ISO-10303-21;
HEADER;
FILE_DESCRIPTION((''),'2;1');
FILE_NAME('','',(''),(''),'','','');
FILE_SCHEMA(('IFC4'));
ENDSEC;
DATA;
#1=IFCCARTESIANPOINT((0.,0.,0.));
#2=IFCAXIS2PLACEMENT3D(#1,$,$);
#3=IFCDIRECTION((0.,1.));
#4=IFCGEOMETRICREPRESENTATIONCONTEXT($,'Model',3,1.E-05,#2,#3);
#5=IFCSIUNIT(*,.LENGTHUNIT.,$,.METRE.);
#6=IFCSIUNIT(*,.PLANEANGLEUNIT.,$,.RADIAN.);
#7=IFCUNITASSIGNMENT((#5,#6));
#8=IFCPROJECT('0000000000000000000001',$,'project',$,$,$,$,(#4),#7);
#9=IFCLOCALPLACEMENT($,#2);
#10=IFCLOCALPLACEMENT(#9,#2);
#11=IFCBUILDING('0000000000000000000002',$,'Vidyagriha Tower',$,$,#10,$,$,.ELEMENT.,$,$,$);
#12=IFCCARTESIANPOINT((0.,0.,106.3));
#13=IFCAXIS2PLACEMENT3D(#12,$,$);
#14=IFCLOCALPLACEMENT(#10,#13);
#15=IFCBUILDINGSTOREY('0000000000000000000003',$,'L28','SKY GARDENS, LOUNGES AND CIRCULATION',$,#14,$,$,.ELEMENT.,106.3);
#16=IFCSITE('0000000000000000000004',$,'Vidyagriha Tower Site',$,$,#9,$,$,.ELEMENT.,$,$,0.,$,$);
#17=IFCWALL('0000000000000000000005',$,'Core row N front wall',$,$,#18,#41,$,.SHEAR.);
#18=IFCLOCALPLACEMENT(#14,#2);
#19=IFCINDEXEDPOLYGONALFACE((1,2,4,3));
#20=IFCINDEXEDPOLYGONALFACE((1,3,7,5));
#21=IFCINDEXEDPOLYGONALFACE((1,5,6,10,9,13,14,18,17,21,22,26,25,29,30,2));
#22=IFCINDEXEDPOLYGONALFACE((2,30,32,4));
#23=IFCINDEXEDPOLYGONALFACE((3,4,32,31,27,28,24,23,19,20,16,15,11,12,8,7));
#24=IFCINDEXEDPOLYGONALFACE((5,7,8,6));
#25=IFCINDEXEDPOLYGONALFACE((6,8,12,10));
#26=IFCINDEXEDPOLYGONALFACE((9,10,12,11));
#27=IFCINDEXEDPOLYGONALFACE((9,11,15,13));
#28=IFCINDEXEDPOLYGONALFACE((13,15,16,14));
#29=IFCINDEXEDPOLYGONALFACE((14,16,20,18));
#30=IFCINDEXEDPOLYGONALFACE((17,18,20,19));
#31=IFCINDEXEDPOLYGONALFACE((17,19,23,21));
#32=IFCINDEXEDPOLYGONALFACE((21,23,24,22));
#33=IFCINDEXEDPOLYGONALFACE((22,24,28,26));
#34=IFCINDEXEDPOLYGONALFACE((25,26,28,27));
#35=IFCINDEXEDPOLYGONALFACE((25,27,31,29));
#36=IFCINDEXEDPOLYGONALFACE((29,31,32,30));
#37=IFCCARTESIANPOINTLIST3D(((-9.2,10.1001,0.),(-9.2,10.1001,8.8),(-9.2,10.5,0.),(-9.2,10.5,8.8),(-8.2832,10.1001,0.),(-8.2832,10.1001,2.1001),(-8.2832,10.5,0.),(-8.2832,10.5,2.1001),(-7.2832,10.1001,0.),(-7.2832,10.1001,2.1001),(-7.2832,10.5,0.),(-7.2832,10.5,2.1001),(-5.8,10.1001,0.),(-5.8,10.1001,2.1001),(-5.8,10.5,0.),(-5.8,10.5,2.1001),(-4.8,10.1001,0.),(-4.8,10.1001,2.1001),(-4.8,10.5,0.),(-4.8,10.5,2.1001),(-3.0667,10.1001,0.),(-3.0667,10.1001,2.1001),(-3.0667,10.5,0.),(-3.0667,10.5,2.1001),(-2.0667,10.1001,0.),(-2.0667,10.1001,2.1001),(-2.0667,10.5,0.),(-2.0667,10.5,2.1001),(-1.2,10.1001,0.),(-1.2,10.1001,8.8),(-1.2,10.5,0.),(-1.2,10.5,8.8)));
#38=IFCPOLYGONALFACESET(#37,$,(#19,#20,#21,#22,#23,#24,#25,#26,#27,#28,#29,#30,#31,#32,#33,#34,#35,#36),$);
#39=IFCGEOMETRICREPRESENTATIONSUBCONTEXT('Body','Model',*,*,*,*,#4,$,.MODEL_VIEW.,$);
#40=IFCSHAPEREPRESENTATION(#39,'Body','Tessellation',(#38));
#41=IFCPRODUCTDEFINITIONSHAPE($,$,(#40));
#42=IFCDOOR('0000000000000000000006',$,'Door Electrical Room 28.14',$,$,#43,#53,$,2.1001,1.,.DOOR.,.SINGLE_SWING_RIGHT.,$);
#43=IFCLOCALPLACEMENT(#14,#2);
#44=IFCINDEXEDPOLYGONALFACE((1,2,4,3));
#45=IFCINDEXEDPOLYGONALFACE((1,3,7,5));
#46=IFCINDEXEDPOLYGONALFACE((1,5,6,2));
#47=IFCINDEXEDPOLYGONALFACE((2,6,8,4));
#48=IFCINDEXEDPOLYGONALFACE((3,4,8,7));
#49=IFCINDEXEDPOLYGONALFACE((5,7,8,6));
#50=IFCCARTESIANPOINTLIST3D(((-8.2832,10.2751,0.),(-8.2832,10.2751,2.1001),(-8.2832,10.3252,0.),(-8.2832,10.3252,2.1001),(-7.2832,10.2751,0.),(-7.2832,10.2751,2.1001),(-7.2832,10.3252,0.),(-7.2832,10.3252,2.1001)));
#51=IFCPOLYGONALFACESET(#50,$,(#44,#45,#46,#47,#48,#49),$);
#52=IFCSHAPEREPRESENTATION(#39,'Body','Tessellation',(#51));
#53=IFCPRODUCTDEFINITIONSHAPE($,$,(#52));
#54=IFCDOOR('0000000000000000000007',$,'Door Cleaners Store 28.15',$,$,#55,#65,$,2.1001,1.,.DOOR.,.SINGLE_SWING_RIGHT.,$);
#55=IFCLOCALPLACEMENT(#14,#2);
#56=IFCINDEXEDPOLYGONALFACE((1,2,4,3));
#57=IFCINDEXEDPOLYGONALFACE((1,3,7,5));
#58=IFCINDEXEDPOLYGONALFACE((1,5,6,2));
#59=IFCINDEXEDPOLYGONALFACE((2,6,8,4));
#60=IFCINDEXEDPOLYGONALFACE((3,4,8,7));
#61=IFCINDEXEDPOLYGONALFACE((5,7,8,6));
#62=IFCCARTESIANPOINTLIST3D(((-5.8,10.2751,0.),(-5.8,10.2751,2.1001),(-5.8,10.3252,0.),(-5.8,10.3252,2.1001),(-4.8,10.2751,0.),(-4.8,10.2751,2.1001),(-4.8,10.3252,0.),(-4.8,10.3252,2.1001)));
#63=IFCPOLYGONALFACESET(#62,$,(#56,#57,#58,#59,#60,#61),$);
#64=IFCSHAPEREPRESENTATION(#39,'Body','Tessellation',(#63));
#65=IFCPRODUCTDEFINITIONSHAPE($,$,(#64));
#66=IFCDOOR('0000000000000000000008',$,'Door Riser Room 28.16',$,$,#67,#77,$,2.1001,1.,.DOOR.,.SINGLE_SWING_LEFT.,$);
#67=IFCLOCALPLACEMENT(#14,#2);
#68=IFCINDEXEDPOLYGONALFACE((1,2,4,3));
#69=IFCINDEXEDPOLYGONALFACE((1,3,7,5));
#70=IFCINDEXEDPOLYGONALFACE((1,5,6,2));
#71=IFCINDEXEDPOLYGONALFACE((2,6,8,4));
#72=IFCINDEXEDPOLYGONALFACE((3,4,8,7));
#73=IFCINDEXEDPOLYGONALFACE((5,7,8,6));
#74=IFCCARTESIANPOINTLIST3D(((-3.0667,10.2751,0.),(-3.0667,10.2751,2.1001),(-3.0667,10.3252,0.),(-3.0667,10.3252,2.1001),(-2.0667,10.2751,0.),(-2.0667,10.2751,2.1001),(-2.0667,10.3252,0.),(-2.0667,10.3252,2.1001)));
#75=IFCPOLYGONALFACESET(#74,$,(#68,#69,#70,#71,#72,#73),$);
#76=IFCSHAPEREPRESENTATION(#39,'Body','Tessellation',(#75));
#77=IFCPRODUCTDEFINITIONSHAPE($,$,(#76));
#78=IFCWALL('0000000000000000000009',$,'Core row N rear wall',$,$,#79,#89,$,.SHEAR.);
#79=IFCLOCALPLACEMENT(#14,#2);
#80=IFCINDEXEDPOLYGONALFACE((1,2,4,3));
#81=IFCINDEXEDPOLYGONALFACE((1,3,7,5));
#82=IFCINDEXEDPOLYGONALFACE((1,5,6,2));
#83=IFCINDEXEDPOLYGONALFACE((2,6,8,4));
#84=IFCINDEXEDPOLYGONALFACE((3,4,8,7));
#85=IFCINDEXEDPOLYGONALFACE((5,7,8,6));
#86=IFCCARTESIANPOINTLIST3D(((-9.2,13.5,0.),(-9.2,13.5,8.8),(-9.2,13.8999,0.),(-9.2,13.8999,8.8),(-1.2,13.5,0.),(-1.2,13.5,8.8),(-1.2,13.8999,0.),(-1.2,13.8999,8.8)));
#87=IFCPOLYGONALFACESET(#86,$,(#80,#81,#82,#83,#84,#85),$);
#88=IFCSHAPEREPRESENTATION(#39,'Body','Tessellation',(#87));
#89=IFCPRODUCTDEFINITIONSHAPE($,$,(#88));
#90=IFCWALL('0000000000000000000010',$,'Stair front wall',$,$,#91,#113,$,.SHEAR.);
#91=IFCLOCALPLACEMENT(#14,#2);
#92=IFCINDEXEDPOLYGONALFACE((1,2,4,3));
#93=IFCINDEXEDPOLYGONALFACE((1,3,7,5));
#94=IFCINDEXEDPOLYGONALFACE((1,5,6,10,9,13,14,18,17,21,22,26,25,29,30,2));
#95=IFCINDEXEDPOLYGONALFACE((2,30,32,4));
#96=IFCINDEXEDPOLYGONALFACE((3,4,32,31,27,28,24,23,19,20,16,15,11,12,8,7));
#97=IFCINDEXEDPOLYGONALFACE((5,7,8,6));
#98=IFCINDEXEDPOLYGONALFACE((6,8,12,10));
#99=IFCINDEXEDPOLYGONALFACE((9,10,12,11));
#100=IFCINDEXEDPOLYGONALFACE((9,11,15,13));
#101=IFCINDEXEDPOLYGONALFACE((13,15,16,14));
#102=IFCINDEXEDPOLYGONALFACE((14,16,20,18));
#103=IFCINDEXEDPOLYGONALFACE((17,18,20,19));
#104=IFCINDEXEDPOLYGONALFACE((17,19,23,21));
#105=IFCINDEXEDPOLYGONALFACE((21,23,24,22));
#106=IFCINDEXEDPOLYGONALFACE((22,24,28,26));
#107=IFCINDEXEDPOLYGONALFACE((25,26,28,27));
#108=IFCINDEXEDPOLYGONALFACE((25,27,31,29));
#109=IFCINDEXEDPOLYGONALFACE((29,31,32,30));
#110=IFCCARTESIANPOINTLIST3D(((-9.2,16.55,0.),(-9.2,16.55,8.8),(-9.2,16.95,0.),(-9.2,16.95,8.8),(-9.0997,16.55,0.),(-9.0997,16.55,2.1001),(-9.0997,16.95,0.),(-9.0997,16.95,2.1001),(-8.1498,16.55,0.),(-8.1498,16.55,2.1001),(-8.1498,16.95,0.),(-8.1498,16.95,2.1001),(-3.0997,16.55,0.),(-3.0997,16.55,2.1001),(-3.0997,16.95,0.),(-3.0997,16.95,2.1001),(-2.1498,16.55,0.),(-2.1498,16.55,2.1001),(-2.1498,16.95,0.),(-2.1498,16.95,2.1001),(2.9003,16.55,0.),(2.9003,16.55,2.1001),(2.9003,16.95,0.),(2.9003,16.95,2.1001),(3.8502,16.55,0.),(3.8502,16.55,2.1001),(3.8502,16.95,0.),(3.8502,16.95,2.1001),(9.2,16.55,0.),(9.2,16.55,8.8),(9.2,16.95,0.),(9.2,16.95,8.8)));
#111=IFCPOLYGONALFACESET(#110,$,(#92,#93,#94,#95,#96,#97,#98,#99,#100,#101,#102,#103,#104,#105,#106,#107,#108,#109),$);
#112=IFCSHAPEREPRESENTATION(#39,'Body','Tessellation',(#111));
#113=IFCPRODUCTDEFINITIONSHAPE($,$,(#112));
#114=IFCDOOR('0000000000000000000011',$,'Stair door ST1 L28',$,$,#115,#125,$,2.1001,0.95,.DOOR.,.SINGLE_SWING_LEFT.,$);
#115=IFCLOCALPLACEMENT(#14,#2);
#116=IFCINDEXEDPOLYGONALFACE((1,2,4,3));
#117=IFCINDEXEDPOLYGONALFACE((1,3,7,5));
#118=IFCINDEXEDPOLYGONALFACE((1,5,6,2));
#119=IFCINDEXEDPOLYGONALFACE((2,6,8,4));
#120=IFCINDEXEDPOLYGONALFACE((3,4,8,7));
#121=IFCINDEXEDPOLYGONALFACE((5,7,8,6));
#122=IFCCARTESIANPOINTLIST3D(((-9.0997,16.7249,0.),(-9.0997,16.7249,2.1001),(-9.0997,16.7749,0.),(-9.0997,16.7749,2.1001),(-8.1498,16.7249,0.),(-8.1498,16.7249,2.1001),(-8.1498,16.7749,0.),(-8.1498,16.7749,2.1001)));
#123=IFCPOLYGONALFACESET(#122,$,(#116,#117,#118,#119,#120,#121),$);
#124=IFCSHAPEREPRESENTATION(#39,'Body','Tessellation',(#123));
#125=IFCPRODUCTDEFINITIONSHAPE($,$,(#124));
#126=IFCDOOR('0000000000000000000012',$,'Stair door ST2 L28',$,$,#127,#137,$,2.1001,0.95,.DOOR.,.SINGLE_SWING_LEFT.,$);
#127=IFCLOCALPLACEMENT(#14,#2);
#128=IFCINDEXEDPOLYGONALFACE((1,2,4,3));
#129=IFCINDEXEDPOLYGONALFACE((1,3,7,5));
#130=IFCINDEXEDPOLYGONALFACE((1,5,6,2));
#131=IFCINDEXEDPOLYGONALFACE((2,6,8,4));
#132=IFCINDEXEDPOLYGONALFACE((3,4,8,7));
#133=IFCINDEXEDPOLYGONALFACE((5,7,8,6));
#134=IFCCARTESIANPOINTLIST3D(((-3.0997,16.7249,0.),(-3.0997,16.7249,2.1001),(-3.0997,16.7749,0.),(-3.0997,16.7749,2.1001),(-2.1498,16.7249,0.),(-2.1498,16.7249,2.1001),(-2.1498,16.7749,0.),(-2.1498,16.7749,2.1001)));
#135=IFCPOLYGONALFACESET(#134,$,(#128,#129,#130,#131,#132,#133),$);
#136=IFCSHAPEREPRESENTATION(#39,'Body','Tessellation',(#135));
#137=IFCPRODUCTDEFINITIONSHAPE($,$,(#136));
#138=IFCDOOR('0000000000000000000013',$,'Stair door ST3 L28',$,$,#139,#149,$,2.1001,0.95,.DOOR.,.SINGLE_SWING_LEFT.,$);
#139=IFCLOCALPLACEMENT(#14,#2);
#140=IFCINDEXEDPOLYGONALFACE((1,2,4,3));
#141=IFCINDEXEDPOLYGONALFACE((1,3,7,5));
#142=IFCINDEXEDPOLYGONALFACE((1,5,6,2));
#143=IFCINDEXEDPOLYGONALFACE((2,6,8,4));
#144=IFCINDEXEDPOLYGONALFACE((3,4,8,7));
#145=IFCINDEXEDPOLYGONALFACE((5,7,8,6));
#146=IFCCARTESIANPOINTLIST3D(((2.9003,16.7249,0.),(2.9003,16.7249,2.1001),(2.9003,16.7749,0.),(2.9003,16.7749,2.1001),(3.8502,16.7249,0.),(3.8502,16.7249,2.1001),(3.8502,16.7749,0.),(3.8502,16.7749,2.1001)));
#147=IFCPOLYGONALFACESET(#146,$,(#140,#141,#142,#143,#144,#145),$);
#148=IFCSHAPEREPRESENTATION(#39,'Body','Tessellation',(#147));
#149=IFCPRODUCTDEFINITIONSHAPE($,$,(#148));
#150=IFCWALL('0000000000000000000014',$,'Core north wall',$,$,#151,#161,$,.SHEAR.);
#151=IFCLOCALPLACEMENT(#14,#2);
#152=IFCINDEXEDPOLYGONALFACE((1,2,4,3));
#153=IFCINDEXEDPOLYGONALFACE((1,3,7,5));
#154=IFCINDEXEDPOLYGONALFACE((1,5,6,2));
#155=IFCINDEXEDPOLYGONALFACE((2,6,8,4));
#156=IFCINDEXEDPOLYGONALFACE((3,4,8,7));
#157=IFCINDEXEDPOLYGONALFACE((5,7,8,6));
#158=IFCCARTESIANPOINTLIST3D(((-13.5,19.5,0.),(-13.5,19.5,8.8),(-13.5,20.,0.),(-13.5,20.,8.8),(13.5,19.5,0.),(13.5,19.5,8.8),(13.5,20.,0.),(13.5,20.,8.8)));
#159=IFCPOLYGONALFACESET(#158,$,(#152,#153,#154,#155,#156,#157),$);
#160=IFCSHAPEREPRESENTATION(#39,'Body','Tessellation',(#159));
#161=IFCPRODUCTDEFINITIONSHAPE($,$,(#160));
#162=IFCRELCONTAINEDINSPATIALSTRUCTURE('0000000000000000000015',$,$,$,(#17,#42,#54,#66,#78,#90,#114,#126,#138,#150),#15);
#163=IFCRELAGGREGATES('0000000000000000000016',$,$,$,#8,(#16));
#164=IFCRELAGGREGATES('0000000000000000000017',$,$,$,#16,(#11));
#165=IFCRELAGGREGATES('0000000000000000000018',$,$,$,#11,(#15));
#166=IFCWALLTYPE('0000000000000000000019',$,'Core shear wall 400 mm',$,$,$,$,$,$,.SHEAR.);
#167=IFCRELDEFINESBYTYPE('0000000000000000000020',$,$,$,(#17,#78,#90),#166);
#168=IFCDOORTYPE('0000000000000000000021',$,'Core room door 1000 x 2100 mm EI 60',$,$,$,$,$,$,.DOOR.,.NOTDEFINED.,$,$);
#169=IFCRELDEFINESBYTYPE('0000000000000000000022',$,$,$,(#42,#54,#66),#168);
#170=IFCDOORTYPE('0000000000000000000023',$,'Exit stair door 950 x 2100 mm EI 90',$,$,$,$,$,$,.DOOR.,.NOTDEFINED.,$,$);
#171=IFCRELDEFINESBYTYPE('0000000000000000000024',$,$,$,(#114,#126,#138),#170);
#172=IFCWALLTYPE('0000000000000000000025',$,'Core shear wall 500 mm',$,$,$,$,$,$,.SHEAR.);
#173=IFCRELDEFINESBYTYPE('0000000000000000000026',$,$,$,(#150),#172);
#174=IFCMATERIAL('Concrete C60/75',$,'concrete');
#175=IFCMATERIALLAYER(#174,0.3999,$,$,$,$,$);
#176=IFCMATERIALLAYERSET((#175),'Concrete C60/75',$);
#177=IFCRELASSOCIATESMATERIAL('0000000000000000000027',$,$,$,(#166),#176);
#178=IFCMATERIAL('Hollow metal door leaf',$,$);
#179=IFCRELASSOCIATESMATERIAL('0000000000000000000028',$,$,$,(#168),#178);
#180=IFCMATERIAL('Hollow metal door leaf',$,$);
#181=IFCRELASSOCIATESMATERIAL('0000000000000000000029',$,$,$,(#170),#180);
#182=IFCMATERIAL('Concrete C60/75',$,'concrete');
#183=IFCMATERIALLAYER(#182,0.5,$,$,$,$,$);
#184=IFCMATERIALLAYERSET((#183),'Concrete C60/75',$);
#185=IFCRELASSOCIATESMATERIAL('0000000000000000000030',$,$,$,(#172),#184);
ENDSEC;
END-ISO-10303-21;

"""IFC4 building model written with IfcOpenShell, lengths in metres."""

from ifc_helpers import new_model, si_unit, direction, frame, frame_2d, origin, place, context, subcontext, project, spatial, rectangle, extrude, material, layer, layer_set, type_object, element, fill, save


model = new_model("IFC4")

# Units and contexts
model_context = context("Model", 3, precision=1e-05, world=origin(), true_north=direction((0.0, 1.0)))
body_context = subcontext(model_context, "Body", "Model", "MODEL_VIEW")
ifc_project = project(units=[si_unit("LENGTHUNIT", "METRE"), si_unit("PLANEANGLEUNIT", "RADIAN")], contexts=[model_context])

# Site, building, storey
site_placement = place(None, origin())
site = spatial("IfcSite", under=ifc_project, at=site_placement, Name="Vidyagriha Tower Site", CompositionType="ELEMENT", RefElevation=0.0)
building_placement = place(site_placement, origin())
building = spatial("IfcBuilding", under=site, at=building_placement, Name="Vidyagriha Tower", CompositionType="ELEMENT")
storey_placement = place(building_placement, frame((0.0, 0.0, 106.3)))
storey = spatial("IfcBuildingStorey", under=building, at=storey_placement, Name="L28", Description="SKY GARDENS, LOUNGES AND CIRCULATION", CompositionType="ELEMENT", Elevation=106.3)

# Shared definitions
ifc_material_1 = material(Name="Concrete C60/75", Category="concrete")
ifc_layer_1 = layer(ifc_material_1, 0.3999)
ifc_layer_set_1 = layer_set([ifc_layer_1], Name="Concrete C60/75")
wall_type_1 = type_object("IfcWallType", Name="Core shear wall 400 mm", PredefinedType="SHEAR", material=ifc_layer_set_1)
ifc_material_2 = material(Name="Hollow metal door leaf")
door_type_1 = type_object("IfcDoorType", Name="Core room door 1000 x 2100 mm EI 60", OperationType="NOTDEFINED", PredefinedType="DOOR", material=ifc_material_2)

# Wall, openings, doors
wall_1_placement = place(storey_placement, frame((-9.2, 10.3, 0.0)))
wall_1 = element("IfcWall", 1, at=wall_1_placement, inside=storey, type_object=wall_type_1, Name="Core row N front wall", PredefinedType="SHEAR", context=body_context, shape_type="SweptSolid", body=[
    extrude(rectangle(XDim=8.0, YDim=0.3999, at=frame_2d((4.0, 0.0))), origin(), (0.0, 0.0, 1.0), 8.8),
])
opening_1_placement = place(wall_1_placement, frame((0.9167, 0.0, 0.0)))
opening_1 = element("IfcOpeningElement", 2, at=opening_1_placement, cuts=wall_1, PredefinedType="OPENING", context=body_context, shape_type="SweptSolid", body=[
    extrude(rectangle(XDim=1.0, YDim=2.1001, at=frame_2d((0.5, 1.05))), frame((0.0, 0.21, 0.0), z_axis=(0.0, -1.0, 0.0), x_axis=(1.0, 0.0, 0.0)), (0.0, 0.0, 1.0), 0.4199),
])
opening_2_placement = place(wall_1_placement, frame((3.3999, 0.0, 0.0)))
opening_2 = element("IfcOpeningElement", 3, at=opening_2_placement, cuts=wall_1, PredefinedType="OPENING", context=body_context, shape_type="SweptSolid", body=[
    extrude(rectangle(XDim=1.0, YDim=2.1001, at=frame_2d((0.5, 1.05))), frame((0.0, 0.21, 0.0), z_axis=(0.0, -1.0, 0.0), x_axis=(1.0, 0.0, 0.0)), (0.0, 0.0, 1.0), 0.4199),
])
opening_3_placement = place(wall_1_placement, frame((6.1333, 0.0, 0.0)))
opening_3 = element("IfcOpeningElement", 4, at=opening_3_placement, cuts=wall_1, PredefinedType="OPENING", context=body_context, shape_type="SweptSolid", body=[
    extrude(rectangle(XDim=1.0, YDim=2.1001, at=frame_2d((0.5, 1.05))), frame((0.0, 0.21, 0.0), z_axis=(0.0, -1.0, 0.0), x_axis=(1.0, 0.0, 0.0)), (0.0, 0.0, 1.0), 0.4199),
])
door_1_placement = place(opening_1_placement, frame((1.0, 0.0, 0.0), z_axis=(0.0, 0.0, 1.0), x_axis=(-1.0, 0.0, 0.0)))
door_1 = element("IfcDoor", 5, at=door_1_placement, inside=storey, type_object=door_type_1, Name="Door Electrical Room 28.14", OperationType="SINGLE_SWING_RIGHT", OverallHeight=2.1001, OverallWidth=1.0, PredefinedType="DOOR", context=body_context, shape_type="SweptSolid", body=[
    extrude(rectangle(XDim=1.0, YDim=2.1001, at=frame_2d((0.5, 1.05))), frame((0.0, 0.0249, 0.0), z_axis=(0.0, -1.0, 0.0), x_axis=(1.0, 0.0, 0.0)), (0.0, 0.0, 1.0), 0.05),
])
fill(opening_1, door_1)
door_2_placement = place(opening_2_placement, frame((1.0, 0.0, 0.0), z_axis=(0.0, 0.0, 1.0), x_axis=(-1.0, 0.0, 0.0)))
door_2 = element("IfcDoor", 6, at=door_2_placement, inside=storey, type_object=door_type_1, Name="Door Cleaners Store 28.15", OperationType="SINGLE_SWING_RIGHT", OverallHeight=2.1001, OverallWidth=1.0, PredefinedType="DOOR", context=body_context, shape_type="SweptSolid", body=[
    extrude(rectangle(XDim=1.0, YDim=2.1001, at=frame_2d((0.5, 1.05))), frame((0.0, 0.0249, 0.0), z_axis=(0.0, -1.0, 0.0), x_axis=(1.0, 0.0, 0.0)), (0.0, 0.0, 1.0), 0.05),
])
fill(opening_2, door_2)
door_3_placement = place(opening_3_placement, frame((1.0, 0.0, 0.0), z_axis=(0.0, 0.0, 1.0), x_axis=(-1.0, 0.0, 0.0)))
door_3 = element("IfcDoor", 7, at=door_3_placement, inside=storey, type_object=door_type_1, Name="Door Riser Room 28.16", OperationType="SINGLE_SWING_LEFT", OverallHeight=2.1001, OverallWidth=1.0, PredefinedType="DOOR", context=body_context, shape_type="SweptSolid", body=[
    extrude(rectangle(XDim=1.0, YDim=2.1001, at=frame_2d((0.5, 1.05))), frame((0.0, 0.0249, 0.0), z_axis=(0.0, -1.0, 0.0), x_axis=(1.0, 0.0, 0.0)), (0.0, 0.0, 1.0), 0.05),
])
fill(opening_3, door_3)

# Wall
wall_2_placement = place(storey_placement, frame((-9.2, 13.7, 0.0)))
element("IfcWall", 8, at=wall_2_placement, inside=storey, type_object=wall_type_1, Name="Core row N rear wall", PredefinedType="SHEAR", context=body_context, shape_type="SweptSolid", body=[
    extrude(rectangle(XDim=8.0, YDim=0.3999, at=frame_2d((4.0, 0.0))), origin(), (0.0, 0.0, 1.0), 8.8),
])

# Wall, openings, doors
wall_3_placement = place(storey_placement, frame((-9.2, 16.75, 0.0)))
wall_3 = element("IfcWall", 9, at=wall_3_placement, inside=storey, type_object=wall_type_1, Name="Stair front wall", PredefinedType="SHEAR", context=body_context, shape_type="SweptSolid", body=[
    extrude(rectangle(XDim=18.3999, YDim=0.3999, at=frame_2d((9.2, 0.0))), origin(), (0.0, 0.0, 1.0), 8.8),
])
opening_4_placement = place(wall_3_placement, frame((0.1001, 0.0, 0.0)))
opening_4 = element("IfcOpeningElement", 10, at=opening_4_placement, cuts=wall_3, PredefinedType="OPENING", context=body_context, shape_type="SweptSolid", body=[
    extrude(rectangle(XDim=0.95, YDim=2.1001, at=frame_2d((0.4751, 1.05))), frame((0.0, 0.21, 0.0), z_axis=(0.0, -1.0, 0.0), x_axis=(1.0, 0.0, 0.0)), (0.0, 0.0, 1.0), 0.4199),
])
opening_5_placement = place(wall_3_placement, frame((6.1001, 0.0, 0.0)))
opening_5 = element("IfcOpeningElement", 11, at=opening_5_placement, cuts=wall_3, PredefinedType="OPENING", context=body_context, shape_type="SweptSolid", body=[
    extrude(rectangle(XDim=0.95, YDim=2.1001, at=frame_2d((0.4751, 1.05))), frame((0.0, 0.21, 0.0), z_axis=(0.0, -1.0, 0.0), x_axis=(1.0, 0.0, 0.0)), (0.0, 0.0, 1.0), 0.4199),
])
opening_6_placement = place(wall_3_placement, frame((12.1001, 0.0, 0.0)))
opening_6 = element("IfcOpeningElement", 12, at=opening_6_placement, cuts=wall_3, PredefinedType="OPENING", context=body_context, shape_type="SweptSolid", body=[
    extrude(rectangle(XDim=0.95, YDim=2.1001, at=frame_2d((0.4751, 1.05))), frame((0.0, 0.21, 0.0), z_axis=(0.0, -1.0, 0.0), x_axis=(1.0, 0.0, 0.0)), (0.0, 0.0, 1.0), 0.4199),
])
ifc_material_3 = material(Name="Hollow metal door leaf")
door_type_2 = type_object("IfcDoorType", Name="Exit stair door 950 x 2100 mm EI 90", OperationType="NOTDEFINED", PredefinedType="DOOR", material=ifc_material_3)
door_4_placement = place(opening_4_placement, origin())
door_4 = element("IfcDoor", 13, at=door_4_placement, inside=storey, type_object=door_type_2, Name="Stair door ST1 L28", OperationType="SINGLE_SWING_LEFT", OverallHeight=2.1001, OverallWidth=0.95, PredefinedType="DOOR", context=body_context, shape_type="SweptSolid", body=[
    extrude(rectangle(XDim=0.95, YDim=2.1001, at=frame_2d((0.4751, 1.05))), frame((0.0, 0.0249, 0.0), z_axis=(0.0, -1.0, 0.0), x_axis=(1.0, 0.0, 0.0)), (0.0, 0.0, 1.0), 0.05),
])
fill(opening_4, door_4)
door_5_placement = place(opening_5_placement, origin())
door_5 = element("IfcDoor", 14, at=door_5_placement, inside=storey, type_object=door_type_2, Name="Stair door ST2 L28", OperationType="SINGLE_SWING_LEFT", OverallHeight=2.1001, OverallWidth=0.95, PredefinedType="DOOR", context=body_context, shape_type="SweptSolid", body=[
    extrude(rectangle(XDim=0.95, YDim=2.1001, at=frame_2d((0.4751, 1.05))), frame((0.0, 0.0249, 0.0), z_axis=(0.0, -1.0, 0.0), x_axis=(1.0, 0.0, 0.0)), (0.0, 0.0, 1.0), 0.05),
])
fill(opening_5, door_5)
door_6_placement = place(opening_6_placement, origin())
door_6 = element("IfcDoor", 15, at=door_6_placement, inside=storey, type_object=door_type_2, Name="Stair door ST3 L28", OperationType="SINGLE_SWING_LEFT", OverallHeight=2.1001, OverallWidth=0.95, PredefinedType="DOOR", context=body_context, shape_type="SweptSolid", body=[
    extrude(rectangle(XDim=0.95, YDim=2.1001, at=frame_2d((0.4751, 1.05))), frame((0.0, 0.0249, 0.0), z_axis=(0.0, -1.0, 0.0), x_axis=(1.0, 0.0, 0.0)), (0.0, 0.0, 1.0), 0.05),
])
fill(opening_6, door_6)

# Wall
ifc_material_4 = material(Name="Concrete C60/75", Category="concrete")
ifc_layer_2 = layer(ifc_material_4, 0.5)
ifc_layer_set_2 = layer_set([ifc_layer_2], Name="Concrete C60/75")
wall_type_2 = type_object("IfcWallType", Name="Core shear wall 500 mm", PredefinedType="SHEAR", material=ifc_layer_set_2)
wall_4_placement = place(storey_placement, frame((-13.5, 19.75, 0.0)))
element("IfcWall", 16, at=wall_4_placement, inside=storey, type_object=wall_type_2, Name="Core north wall", PredefinedType="SHEAR", context=body_context, shape_type="SweptSolid", body=[
    extrude(rectangle(XDim=27.0, YDim=0.5, at=frame_2d((13.5, 0.0))), origin(), (0.0, 0.0, 1.0), 8.8),
])

save(model, "model.ifc")
